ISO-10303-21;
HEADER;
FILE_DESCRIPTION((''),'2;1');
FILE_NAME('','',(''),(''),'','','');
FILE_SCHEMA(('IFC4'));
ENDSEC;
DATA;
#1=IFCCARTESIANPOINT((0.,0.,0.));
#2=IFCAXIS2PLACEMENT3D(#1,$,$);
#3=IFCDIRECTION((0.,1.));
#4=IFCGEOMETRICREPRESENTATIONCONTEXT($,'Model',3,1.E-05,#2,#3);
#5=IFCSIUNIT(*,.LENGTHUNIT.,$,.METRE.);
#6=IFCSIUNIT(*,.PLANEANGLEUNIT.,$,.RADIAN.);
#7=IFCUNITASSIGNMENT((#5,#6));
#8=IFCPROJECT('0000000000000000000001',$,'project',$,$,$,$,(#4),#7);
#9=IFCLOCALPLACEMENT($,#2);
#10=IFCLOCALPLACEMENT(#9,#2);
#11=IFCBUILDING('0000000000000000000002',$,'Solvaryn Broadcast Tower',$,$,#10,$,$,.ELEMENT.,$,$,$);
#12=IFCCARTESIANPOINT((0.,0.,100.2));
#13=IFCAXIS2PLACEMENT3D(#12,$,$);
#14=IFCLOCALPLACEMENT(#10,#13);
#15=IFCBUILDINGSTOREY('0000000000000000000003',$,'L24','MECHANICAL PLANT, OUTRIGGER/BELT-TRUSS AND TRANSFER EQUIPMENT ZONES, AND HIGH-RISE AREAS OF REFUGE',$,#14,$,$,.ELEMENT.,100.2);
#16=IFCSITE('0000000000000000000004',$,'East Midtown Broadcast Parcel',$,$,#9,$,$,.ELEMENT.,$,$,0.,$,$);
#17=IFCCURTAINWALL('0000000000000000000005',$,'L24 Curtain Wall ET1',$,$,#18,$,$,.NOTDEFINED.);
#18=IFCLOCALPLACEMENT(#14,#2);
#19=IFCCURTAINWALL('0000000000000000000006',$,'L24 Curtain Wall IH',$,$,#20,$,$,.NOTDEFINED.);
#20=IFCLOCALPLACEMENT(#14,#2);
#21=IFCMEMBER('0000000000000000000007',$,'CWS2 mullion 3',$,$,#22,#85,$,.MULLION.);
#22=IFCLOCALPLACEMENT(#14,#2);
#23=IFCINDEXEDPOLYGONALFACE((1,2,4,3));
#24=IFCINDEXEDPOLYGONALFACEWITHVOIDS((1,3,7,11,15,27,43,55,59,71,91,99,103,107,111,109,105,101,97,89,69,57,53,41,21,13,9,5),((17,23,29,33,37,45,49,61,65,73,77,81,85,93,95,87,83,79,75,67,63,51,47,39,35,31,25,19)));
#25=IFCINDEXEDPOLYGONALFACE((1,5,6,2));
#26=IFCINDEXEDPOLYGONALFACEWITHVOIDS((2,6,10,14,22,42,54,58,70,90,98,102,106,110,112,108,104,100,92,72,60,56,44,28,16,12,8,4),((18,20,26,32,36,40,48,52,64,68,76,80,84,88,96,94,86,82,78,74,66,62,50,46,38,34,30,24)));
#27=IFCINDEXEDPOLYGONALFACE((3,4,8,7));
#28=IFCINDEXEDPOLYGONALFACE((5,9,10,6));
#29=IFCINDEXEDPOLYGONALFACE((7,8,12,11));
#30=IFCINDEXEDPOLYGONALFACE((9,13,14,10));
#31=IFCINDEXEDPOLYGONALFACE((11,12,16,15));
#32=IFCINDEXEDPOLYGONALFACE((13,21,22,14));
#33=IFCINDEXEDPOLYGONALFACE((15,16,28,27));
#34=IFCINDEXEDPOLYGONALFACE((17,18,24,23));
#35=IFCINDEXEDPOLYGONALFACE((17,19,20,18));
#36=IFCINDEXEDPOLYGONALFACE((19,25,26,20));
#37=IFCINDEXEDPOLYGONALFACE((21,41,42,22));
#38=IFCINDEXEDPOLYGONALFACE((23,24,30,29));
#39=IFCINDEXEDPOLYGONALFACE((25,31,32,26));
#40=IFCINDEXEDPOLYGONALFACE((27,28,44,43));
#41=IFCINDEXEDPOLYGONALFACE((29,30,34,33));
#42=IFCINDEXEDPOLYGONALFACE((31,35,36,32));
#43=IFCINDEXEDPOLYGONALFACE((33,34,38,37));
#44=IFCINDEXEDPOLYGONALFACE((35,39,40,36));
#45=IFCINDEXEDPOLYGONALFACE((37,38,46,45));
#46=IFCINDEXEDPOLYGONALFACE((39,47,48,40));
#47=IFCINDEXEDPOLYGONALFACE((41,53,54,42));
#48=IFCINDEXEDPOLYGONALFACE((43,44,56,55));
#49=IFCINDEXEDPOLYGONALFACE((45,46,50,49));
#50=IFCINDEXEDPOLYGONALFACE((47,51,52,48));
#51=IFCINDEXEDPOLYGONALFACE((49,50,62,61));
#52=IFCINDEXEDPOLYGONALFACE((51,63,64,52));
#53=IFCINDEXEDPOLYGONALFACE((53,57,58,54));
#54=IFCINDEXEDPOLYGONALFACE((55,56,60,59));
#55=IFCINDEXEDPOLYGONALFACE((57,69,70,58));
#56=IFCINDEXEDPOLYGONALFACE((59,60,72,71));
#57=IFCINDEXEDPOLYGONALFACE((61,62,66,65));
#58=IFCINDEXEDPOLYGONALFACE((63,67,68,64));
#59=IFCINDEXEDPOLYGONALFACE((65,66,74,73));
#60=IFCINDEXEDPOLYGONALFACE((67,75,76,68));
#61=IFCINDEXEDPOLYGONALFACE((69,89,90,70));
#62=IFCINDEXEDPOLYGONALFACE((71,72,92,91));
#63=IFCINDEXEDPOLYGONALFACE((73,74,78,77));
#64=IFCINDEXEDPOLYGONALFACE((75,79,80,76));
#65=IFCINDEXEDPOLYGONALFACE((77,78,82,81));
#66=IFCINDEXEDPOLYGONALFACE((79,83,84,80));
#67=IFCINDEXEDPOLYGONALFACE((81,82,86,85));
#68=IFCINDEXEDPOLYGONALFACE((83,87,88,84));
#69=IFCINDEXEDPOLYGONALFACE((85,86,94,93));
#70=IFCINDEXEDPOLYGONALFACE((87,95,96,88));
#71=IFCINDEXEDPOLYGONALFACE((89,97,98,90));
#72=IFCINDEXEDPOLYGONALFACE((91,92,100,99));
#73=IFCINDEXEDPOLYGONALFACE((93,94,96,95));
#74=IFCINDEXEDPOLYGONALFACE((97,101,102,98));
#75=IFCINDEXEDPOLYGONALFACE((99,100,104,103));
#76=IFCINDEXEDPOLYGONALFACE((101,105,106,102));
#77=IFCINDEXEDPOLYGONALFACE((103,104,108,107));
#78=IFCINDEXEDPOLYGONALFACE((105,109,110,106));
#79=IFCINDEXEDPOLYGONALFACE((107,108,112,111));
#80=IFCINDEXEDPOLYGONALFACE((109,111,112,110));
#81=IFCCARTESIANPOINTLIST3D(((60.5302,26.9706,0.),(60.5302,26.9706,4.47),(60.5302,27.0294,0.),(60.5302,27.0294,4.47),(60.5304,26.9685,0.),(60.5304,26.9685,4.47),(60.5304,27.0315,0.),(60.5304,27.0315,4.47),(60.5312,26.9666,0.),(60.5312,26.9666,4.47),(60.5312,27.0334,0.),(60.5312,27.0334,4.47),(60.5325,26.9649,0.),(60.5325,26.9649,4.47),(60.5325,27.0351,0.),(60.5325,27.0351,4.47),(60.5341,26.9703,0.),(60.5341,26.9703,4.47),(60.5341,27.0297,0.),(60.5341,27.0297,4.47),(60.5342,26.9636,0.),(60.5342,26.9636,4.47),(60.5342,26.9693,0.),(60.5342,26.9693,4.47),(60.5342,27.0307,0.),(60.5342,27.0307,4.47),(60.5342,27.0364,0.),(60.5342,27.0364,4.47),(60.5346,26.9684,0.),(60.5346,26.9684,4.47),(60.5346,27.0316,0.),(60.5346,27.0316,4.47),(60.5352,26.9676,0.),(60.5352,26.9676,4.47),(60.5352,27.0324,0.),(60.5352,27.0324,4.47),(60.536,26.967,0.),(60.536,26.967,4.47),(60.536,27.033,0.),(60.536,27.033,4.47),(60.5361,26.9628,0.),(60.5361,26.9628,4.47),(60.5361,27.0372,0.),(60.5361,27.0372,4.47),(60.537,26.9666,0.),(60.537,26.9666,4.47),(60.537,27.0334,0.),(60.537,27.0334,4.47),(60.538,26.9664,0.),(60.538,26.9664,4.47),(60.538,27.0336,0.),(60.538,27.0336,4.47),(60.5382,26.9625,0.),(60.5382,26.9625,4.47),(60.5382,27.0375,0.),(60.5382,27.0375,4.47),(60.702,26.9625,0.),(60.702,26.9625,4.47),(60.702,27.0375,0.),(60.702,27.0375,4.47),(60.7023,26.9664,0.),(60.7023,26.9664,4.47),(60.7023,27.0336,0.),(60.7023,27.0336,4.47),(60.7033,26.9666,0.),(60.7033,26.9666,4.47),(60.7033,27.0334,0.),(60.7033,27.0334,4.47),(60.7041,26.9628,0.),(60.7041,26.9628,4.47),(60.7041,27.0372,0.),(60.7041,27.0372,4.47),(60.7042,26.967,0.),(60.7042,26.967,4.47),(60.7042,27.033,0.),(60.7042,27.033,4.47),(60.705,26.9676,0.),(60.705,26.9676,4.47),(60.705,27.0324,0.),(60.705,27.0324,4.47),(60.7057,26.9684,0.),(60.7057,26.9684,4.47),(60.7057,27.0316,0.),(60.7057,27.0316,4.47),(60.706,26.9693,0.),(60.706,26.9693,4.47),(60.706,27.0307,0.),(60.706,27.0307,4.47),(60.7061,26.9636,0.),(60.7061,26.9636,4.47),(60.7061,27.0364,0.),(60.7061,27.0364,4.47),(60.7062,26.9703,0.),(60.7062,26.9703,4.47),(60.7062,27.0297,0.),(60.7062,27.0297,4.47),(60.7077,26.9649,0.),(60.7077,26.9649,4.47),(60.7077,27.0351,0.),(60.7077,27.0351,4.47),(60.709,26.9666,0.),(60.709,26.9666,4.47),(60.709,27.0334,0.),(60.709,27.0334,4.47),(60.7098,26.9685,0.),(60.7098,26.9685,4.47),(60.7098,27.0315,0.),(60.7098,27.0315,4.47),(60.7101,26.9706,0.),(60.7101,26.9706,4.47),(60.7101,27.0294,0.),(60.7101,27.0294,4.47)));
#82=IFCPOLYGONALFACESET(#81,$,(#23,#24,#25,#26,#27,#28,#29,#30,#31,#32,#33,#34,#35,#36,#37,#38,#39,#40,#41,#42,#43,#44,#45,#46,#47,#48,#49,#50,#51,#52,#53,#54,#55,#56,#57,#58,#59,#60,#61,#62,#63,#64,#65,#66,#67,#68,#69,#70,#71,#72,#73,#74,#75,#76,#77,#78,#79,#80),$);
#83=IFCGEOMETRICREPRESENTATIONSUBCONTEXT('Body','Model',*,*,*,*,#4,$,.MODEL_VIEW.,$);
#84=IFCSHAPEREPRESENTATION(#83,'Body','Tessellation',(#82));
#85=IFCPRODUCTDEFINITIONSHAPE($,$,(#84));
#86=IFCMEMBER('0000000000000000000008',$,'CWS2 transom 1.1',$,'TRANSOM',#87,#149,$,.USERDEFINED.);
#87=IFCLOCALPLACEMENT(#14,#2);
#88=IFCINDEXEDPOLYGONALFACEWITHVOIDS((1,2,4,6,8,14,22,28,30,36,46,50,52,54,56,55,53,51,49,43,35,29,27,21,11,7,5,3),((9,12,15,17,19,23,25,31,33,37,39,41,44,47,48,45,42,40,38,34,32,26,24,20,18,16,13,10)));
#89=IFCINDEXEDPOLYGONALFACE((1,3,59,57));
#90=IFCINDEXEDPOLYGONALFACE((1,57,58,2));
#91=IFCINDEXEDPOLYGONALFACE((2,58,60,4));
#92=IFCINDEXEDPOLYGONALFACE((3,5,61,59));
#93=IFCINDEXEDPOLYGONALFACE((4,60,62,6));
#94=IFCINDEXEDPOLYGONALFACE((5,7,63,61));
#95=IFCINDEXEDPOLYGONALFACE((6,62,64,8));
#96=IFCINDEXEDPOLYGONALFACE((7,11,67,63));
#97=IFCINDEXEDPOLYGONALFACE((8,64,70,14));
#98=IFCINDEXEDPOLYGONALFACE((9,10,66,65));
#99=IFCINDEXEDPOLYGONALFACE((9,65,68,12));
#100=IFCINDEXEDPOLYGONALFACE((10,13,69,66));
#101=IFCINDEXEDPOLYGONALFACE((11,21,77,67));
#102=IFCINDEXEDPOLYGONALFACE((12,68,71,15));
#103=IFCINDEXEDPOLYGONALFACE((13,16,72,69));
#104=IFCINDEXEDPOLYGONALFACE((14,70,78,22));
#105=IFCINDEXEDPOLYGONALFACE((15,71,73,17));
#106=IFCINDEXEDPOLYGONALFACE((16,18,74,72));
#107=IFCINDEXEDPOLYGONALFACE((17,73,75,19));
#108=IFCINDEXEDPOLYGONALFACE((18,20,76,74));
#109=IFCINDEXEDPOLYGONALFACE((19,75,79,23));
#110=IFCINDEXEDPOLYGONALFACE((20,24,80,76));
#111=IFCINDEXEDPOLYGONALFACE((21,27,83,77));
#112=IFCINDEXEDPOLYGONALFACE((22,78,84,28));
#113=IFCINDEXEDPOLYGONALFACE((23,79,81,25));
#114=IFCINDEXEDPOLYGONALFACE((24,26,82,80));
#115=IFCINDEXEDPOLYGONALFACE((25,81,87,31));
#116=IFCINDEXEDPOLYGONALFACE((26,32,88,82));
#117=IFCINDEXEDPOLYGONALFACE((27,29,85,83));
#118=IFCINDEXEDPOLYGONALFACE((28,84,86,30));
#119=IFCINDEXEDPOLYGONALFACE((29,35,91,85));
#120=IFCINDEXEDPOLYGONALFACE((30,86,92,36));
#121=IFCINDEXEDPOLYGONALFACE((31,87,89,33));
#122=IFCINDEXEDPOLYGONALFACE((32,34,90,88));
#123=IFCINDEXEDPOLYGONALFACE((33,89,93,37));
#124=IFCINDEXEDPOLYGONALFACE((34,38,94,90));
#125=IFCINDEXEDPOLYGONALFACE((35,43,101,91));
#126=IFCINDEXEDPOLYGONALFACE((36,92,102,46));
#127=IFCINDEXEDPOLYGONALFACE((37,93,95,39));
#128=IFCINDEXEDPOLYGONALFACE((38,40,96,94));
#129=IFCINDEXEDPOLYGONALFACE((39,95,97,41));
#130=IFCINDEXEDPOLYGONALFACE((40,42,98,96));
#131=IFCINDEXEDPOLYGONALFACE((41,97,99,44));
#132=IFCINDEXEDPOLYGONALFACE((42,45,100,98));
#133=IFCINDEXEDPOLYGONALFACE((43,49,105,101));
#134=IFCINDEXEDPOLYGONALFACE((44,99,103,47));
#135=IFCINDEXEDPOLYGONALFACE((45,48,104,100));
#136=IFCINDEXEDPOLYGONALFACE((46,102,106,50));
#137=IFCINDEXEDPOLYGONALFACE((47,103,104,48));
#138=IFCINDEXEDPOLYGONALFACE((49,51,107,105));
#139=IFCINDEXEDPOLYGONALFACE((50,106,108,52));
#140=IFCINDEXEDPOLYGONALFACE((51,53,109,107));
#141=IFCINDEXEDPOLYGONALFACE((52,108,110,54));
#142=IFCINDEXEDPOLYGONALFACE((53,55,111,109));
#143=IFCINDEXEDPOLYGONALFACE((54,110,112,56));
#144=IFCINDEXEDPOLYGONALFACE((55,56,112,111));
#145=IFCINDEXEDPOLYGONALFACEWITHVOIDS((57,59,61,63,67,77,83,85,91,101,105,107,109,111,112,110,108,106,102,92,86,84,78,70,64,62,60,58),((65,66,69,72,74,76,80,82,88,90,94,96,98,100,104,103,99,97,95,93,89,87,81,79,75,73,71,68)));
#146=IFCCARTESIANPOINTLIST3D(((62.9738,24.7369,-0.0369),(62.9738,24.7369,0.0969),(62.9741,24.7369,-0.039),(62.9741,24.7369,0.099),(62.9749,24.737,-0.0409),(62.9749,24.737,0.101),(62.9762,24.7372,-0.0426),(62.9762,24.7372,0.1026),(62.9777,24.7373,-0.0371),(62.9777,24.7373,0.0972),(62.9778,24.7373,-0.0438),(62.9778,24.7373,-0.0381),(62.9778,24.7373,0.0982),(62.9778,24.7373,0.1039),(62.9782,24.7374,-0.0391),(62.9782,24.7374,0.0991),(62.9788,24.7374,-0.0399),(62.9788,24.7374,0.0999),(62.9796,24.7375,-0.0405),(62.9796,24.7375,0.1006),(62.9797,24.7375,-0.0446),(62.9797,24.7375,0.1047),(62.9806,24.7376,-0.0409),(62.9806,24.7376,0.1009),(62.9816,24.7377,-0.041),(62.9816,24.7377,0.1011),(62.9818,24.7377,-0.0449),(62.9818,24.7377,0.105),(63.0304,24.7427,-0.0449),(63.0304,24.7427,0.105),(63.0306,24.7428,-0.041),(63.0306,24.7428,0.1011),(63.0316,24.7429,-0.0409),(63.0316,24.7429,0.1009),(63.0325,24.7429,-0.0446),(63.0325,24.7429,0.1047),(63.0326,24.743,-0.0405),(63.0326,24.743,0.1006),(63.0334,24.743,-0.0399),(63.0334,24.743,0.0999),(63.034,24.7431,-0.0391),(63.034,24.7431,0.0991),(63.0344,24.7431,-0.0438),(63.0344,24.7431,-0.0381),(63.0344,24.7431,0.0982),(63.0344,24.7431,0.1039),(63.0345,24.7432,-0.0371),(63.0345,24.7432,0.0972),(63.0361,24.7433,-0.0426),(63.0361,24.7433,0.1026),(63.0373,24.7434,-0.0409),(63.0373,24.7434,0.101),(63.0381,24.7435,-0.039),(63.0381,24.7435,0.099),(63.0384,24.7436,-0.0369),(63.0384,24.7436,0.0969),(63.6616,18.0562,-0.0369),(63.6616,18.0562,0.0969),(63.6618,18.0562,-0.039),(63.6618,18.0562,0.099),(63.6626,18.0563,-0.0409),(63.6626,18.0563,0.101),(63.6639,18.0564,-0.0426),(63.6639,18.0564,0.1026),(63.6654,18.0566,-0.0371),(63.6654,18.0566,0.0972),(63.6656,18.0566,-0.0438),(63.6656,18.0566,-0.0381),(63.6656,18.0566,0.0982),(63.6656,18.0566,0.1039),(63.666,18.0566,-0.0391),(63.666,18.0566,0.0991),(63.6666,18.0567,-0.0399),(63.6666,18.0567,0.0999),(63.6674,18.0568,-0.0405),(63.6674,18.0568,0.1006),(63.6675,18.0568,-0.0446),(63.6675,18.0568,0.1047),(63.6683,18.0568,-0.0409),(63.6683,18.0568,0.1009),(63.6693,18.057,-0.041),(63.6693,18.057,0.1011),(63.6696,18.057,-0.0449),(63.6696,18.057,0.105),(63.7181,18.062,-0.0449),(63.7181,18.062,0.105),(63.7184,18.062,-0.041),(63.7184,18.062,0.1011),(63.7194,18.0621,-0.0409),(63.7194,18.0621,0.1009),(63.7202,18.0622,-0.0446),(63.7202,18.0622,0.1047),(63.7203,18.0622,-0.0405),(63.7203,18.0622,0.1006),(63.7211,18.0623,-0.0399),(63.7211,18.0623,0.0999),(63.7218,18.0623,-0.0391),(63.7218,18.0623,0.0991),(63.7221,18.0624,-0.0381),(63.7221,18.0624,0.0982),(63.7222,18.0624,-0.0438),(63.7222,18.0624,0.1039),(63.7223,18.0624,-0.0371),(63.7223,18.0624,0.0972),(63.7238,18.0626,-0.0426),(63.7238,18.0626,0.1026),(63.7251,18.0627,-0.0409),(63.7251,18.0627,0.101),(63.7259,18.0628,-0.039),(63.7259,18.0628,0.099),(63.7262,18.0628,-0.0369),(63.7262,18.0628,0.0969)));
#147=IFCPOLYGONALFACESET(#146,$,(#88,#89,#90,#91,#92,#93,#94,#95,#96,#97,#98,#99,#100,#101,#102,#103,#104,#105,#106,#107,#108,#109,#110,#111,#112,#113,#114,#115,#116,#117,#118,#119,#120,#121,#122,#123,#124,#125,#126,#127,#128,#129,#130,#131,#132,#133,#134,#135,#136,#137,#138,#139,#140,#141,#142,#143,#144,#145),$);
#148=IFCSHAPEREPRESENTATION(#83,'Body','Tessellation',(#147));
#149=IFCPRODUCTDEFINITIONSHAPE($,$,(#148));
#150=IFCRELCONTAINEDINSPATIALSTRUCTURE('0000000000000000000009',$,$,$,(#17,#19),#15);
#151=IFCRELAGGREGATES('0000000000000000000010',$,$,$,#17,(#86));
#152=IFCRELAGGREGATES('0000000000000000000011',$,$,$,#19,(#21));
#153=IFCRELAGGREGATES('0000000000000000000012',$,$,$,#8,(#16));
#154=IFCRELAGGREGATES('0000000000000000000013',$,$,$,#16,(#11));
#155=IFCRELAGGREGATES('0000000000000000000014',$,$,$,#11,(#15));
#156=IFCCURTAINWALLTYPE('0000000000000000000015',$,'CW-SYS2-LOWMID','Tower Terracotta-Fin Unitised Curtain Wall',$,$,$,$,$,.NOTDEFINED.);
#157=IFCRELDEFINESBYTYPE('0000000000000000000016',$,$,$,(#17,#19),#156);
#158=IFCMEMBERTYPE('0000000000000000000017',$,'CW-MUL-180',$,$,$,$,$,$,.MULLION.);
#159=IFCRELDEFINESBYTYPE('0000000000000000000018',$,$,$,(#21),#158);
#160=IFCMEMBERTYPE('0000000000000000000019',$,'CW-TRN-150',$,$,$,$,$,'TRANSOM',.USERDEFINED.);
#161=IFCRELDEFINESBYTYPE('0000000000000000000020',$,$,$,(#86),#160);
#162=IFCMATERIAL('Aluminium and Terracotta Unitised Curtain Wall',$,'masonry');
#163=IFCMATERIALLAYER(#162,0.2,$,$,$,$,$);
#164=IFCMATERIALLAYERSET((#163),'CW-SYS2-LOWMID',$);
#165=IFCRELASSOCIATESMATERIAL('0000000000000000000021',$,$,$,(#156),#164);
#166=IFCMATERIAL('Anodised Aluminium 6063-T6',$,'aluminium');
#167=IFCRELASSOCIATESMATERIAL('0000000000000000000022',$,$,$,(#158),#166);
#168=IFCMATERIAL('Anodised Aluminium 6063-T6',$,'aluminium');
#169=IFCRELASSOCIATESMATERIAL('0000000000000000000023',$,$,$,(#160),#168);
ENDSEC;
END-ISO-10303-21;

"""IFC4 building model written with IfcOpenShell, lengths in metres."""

from ifc_helpers import new_model, si_unit, direction, frame, origin, origin_2d, place, context, subcontext, project, spatial, hollow_rectangle, extrude, material, layer, layer_set, material_profile, profile_set, type_object, element, aggregate, save


model = new_model("IFC4")

# Units and contexts
model_context = context("Model", 3, precision=1e-05, world=origin(), true_north=direction((0.0, 1.0)))
body_context = subcontext(model_context, "Body", "Model", "MODEL_VIEW")
ifc_project = project(units=[si_unit("LENGTHUNIT", "METRE"), si_unit("PLANEANGLEUNIT", "RADIAN")], contexts=[model_context])

# Site, building, storey
site_placement = place(None, origin())
site = spatial("IfcSite", under=ifc_project, at=site_placement, Name="East Midtown Broadcast Parcel", CompositionType="ELEMENT", RefElevation=0.0)
building_placement = place(site_placement, origin())
building = spatial("IfcBuilding", under=site, at=building_placement, Name="Solvaryn Broadcast Tower", CompositionType="ELEMENT")
storey_placement = place(building_placement, frame((0.0, 0.0, 100.2)))
storey = spatial("IfcBuildingStorey", under=building, at=storey_placement, Name="L24", Description="MECHANICAL PLANT, OUTRIGGER/BELT-TRUSS AND TRANSFER EQUIPMENT ZONES, AND HIGH-RISE AREAS OF REFUGE", CompositionType="ELEMENT", Elevation=100.2)

# Curtain wall
ifc_material_1 = material(Name="Aluminium and Terracotta Unitised Curtain Wall", Category="masonry")
ifc_layer_1 = layer(ifc_material_1, 0.2)
ifc_layer_set_1 = layer_set([ifc_layer_1], Name="CW-SYS2-LOWMID")
curtain_wall_type = type_object("IfcCurtainWallType", Name="CW-SYS2-LOWMID", Description="Tower Terracotta-Fin Unitised Curtain Wall", PredefinedType="NOTDEFINED", material=ifc_layer_set_1)
curtain_wall_1_placement = place(storey_placement, origin())
curtain_wall_1 = element("IfcCurtainWall", 1, at=curtain_wall_1_placement, inside=storey, type_object=curtain_wall_type, Name="L24 Curtain Wall ET1", PredefinedType="NOTDEFINED")
ifc_material_2 = material(Name="Anodised Aluminium 6063-T6", Category="aluminium")
ifc_material_profile_1 = material_profile(ifc_material_2, hollow_rectangle(XDim=0.075, YDim=0.1799, WallThickness=0.0039, InnerFilletRadius=0.0039, OuterFilletRadius=0.0081, at=origin_2d()))
ifc_profile_set_1 = profile_set([ifc_material_profile_1], Name="Anodised Aluminium 6063-T6")
member_type_1 = type_object("IfcMemberType", Name="CW-MUL-180", PredefinedType="MULLION", material=ifc_profile_set_1)

# Curtain wall, member
curtain_wall_2_placement = place(storey_placement, origin())
curtain_wall_2 = element("IfcCurtainWall", 2, at=curtain_wall_2_placement, inside=storey, type_object=curtain_wall_type, Name="L24 Curtain Wall IH", PredefinedType="NOTDEFINED")
member_1_placement = place(storey_placement, frame((60.6201, 27.0, 0.0), z_axis=(0.0, 0.0, 1.0), x_axis=(0.0, 1.0, 0.0)))
member_1 = element("IfcMember", 3, at=member_1_placement, type_object=member_type_1, Name="CWS2 mullion 3", PredefinedType="MULLION", context=body_context, shape_type="SweptSolid", body=[
    extrude(hollow_rectangle(XDim=0.075, YDim=0.1799, WallThickness=0.0039, InnerFilletRadius=0.0039, OuterFilletRadius=0.0081, at=origin_2d()), origin(), (0.0, 0.0, 1.0), 4.47),
])

# Member
ifc_material_3 = material(Name="Anodised Aluminium 6063-T6", Category="aluminium")
ifc_material_profile_2 = material_profile(ifc_material_3, hollow_rectangle(XDim=0.0649, YDim=0.1499, WallThickness=0.0039, InnerFilletRadius=0.0039, OuterFilletRadius=0.0081, at=origin_2d()))
ifc_profile_set_2 = profile_set([ifc_material_profile_2], Name="Anodised Aluminium 6063-T6")
member_type_2 = type_object("IfcMemberType", Name="CW-TRN-150", ElementType="TRANSOM", PredefinedType="USERDEFINED", material=ifc_profile_set_2)
member_2_placement = place(storey_placement, frame((63.0061, 24.7402, 0.03), z_axis=(0.102404, -0.994743, 0.0), x_axis=(0.994743, 0.102404, 0.0)))
member_2 = element("IfcMember", 4, at=member_2_placement, type_object=member_type_2, Name="CWS2 transom 1.1", ObjectType="TRANSOM", PredefinedType="USERDEFINED", context=body_context, shape_type="SweptSolid", body=[
    extrude(hollow_rectangle(XDim=0.0649, YDim=0.1499, WallThickness=0.0039, InnerFilletRadius=0.0039, OuterFilletRadius=0.0081, at=origin_2d()), origin(), (0.0, 0.0, 1.0), 6.7161),
])

aggregate(curtain_wall_1, [member_2])
aggregate(curtain_wall_2, [member_1])

save(model, "model.ifc")
